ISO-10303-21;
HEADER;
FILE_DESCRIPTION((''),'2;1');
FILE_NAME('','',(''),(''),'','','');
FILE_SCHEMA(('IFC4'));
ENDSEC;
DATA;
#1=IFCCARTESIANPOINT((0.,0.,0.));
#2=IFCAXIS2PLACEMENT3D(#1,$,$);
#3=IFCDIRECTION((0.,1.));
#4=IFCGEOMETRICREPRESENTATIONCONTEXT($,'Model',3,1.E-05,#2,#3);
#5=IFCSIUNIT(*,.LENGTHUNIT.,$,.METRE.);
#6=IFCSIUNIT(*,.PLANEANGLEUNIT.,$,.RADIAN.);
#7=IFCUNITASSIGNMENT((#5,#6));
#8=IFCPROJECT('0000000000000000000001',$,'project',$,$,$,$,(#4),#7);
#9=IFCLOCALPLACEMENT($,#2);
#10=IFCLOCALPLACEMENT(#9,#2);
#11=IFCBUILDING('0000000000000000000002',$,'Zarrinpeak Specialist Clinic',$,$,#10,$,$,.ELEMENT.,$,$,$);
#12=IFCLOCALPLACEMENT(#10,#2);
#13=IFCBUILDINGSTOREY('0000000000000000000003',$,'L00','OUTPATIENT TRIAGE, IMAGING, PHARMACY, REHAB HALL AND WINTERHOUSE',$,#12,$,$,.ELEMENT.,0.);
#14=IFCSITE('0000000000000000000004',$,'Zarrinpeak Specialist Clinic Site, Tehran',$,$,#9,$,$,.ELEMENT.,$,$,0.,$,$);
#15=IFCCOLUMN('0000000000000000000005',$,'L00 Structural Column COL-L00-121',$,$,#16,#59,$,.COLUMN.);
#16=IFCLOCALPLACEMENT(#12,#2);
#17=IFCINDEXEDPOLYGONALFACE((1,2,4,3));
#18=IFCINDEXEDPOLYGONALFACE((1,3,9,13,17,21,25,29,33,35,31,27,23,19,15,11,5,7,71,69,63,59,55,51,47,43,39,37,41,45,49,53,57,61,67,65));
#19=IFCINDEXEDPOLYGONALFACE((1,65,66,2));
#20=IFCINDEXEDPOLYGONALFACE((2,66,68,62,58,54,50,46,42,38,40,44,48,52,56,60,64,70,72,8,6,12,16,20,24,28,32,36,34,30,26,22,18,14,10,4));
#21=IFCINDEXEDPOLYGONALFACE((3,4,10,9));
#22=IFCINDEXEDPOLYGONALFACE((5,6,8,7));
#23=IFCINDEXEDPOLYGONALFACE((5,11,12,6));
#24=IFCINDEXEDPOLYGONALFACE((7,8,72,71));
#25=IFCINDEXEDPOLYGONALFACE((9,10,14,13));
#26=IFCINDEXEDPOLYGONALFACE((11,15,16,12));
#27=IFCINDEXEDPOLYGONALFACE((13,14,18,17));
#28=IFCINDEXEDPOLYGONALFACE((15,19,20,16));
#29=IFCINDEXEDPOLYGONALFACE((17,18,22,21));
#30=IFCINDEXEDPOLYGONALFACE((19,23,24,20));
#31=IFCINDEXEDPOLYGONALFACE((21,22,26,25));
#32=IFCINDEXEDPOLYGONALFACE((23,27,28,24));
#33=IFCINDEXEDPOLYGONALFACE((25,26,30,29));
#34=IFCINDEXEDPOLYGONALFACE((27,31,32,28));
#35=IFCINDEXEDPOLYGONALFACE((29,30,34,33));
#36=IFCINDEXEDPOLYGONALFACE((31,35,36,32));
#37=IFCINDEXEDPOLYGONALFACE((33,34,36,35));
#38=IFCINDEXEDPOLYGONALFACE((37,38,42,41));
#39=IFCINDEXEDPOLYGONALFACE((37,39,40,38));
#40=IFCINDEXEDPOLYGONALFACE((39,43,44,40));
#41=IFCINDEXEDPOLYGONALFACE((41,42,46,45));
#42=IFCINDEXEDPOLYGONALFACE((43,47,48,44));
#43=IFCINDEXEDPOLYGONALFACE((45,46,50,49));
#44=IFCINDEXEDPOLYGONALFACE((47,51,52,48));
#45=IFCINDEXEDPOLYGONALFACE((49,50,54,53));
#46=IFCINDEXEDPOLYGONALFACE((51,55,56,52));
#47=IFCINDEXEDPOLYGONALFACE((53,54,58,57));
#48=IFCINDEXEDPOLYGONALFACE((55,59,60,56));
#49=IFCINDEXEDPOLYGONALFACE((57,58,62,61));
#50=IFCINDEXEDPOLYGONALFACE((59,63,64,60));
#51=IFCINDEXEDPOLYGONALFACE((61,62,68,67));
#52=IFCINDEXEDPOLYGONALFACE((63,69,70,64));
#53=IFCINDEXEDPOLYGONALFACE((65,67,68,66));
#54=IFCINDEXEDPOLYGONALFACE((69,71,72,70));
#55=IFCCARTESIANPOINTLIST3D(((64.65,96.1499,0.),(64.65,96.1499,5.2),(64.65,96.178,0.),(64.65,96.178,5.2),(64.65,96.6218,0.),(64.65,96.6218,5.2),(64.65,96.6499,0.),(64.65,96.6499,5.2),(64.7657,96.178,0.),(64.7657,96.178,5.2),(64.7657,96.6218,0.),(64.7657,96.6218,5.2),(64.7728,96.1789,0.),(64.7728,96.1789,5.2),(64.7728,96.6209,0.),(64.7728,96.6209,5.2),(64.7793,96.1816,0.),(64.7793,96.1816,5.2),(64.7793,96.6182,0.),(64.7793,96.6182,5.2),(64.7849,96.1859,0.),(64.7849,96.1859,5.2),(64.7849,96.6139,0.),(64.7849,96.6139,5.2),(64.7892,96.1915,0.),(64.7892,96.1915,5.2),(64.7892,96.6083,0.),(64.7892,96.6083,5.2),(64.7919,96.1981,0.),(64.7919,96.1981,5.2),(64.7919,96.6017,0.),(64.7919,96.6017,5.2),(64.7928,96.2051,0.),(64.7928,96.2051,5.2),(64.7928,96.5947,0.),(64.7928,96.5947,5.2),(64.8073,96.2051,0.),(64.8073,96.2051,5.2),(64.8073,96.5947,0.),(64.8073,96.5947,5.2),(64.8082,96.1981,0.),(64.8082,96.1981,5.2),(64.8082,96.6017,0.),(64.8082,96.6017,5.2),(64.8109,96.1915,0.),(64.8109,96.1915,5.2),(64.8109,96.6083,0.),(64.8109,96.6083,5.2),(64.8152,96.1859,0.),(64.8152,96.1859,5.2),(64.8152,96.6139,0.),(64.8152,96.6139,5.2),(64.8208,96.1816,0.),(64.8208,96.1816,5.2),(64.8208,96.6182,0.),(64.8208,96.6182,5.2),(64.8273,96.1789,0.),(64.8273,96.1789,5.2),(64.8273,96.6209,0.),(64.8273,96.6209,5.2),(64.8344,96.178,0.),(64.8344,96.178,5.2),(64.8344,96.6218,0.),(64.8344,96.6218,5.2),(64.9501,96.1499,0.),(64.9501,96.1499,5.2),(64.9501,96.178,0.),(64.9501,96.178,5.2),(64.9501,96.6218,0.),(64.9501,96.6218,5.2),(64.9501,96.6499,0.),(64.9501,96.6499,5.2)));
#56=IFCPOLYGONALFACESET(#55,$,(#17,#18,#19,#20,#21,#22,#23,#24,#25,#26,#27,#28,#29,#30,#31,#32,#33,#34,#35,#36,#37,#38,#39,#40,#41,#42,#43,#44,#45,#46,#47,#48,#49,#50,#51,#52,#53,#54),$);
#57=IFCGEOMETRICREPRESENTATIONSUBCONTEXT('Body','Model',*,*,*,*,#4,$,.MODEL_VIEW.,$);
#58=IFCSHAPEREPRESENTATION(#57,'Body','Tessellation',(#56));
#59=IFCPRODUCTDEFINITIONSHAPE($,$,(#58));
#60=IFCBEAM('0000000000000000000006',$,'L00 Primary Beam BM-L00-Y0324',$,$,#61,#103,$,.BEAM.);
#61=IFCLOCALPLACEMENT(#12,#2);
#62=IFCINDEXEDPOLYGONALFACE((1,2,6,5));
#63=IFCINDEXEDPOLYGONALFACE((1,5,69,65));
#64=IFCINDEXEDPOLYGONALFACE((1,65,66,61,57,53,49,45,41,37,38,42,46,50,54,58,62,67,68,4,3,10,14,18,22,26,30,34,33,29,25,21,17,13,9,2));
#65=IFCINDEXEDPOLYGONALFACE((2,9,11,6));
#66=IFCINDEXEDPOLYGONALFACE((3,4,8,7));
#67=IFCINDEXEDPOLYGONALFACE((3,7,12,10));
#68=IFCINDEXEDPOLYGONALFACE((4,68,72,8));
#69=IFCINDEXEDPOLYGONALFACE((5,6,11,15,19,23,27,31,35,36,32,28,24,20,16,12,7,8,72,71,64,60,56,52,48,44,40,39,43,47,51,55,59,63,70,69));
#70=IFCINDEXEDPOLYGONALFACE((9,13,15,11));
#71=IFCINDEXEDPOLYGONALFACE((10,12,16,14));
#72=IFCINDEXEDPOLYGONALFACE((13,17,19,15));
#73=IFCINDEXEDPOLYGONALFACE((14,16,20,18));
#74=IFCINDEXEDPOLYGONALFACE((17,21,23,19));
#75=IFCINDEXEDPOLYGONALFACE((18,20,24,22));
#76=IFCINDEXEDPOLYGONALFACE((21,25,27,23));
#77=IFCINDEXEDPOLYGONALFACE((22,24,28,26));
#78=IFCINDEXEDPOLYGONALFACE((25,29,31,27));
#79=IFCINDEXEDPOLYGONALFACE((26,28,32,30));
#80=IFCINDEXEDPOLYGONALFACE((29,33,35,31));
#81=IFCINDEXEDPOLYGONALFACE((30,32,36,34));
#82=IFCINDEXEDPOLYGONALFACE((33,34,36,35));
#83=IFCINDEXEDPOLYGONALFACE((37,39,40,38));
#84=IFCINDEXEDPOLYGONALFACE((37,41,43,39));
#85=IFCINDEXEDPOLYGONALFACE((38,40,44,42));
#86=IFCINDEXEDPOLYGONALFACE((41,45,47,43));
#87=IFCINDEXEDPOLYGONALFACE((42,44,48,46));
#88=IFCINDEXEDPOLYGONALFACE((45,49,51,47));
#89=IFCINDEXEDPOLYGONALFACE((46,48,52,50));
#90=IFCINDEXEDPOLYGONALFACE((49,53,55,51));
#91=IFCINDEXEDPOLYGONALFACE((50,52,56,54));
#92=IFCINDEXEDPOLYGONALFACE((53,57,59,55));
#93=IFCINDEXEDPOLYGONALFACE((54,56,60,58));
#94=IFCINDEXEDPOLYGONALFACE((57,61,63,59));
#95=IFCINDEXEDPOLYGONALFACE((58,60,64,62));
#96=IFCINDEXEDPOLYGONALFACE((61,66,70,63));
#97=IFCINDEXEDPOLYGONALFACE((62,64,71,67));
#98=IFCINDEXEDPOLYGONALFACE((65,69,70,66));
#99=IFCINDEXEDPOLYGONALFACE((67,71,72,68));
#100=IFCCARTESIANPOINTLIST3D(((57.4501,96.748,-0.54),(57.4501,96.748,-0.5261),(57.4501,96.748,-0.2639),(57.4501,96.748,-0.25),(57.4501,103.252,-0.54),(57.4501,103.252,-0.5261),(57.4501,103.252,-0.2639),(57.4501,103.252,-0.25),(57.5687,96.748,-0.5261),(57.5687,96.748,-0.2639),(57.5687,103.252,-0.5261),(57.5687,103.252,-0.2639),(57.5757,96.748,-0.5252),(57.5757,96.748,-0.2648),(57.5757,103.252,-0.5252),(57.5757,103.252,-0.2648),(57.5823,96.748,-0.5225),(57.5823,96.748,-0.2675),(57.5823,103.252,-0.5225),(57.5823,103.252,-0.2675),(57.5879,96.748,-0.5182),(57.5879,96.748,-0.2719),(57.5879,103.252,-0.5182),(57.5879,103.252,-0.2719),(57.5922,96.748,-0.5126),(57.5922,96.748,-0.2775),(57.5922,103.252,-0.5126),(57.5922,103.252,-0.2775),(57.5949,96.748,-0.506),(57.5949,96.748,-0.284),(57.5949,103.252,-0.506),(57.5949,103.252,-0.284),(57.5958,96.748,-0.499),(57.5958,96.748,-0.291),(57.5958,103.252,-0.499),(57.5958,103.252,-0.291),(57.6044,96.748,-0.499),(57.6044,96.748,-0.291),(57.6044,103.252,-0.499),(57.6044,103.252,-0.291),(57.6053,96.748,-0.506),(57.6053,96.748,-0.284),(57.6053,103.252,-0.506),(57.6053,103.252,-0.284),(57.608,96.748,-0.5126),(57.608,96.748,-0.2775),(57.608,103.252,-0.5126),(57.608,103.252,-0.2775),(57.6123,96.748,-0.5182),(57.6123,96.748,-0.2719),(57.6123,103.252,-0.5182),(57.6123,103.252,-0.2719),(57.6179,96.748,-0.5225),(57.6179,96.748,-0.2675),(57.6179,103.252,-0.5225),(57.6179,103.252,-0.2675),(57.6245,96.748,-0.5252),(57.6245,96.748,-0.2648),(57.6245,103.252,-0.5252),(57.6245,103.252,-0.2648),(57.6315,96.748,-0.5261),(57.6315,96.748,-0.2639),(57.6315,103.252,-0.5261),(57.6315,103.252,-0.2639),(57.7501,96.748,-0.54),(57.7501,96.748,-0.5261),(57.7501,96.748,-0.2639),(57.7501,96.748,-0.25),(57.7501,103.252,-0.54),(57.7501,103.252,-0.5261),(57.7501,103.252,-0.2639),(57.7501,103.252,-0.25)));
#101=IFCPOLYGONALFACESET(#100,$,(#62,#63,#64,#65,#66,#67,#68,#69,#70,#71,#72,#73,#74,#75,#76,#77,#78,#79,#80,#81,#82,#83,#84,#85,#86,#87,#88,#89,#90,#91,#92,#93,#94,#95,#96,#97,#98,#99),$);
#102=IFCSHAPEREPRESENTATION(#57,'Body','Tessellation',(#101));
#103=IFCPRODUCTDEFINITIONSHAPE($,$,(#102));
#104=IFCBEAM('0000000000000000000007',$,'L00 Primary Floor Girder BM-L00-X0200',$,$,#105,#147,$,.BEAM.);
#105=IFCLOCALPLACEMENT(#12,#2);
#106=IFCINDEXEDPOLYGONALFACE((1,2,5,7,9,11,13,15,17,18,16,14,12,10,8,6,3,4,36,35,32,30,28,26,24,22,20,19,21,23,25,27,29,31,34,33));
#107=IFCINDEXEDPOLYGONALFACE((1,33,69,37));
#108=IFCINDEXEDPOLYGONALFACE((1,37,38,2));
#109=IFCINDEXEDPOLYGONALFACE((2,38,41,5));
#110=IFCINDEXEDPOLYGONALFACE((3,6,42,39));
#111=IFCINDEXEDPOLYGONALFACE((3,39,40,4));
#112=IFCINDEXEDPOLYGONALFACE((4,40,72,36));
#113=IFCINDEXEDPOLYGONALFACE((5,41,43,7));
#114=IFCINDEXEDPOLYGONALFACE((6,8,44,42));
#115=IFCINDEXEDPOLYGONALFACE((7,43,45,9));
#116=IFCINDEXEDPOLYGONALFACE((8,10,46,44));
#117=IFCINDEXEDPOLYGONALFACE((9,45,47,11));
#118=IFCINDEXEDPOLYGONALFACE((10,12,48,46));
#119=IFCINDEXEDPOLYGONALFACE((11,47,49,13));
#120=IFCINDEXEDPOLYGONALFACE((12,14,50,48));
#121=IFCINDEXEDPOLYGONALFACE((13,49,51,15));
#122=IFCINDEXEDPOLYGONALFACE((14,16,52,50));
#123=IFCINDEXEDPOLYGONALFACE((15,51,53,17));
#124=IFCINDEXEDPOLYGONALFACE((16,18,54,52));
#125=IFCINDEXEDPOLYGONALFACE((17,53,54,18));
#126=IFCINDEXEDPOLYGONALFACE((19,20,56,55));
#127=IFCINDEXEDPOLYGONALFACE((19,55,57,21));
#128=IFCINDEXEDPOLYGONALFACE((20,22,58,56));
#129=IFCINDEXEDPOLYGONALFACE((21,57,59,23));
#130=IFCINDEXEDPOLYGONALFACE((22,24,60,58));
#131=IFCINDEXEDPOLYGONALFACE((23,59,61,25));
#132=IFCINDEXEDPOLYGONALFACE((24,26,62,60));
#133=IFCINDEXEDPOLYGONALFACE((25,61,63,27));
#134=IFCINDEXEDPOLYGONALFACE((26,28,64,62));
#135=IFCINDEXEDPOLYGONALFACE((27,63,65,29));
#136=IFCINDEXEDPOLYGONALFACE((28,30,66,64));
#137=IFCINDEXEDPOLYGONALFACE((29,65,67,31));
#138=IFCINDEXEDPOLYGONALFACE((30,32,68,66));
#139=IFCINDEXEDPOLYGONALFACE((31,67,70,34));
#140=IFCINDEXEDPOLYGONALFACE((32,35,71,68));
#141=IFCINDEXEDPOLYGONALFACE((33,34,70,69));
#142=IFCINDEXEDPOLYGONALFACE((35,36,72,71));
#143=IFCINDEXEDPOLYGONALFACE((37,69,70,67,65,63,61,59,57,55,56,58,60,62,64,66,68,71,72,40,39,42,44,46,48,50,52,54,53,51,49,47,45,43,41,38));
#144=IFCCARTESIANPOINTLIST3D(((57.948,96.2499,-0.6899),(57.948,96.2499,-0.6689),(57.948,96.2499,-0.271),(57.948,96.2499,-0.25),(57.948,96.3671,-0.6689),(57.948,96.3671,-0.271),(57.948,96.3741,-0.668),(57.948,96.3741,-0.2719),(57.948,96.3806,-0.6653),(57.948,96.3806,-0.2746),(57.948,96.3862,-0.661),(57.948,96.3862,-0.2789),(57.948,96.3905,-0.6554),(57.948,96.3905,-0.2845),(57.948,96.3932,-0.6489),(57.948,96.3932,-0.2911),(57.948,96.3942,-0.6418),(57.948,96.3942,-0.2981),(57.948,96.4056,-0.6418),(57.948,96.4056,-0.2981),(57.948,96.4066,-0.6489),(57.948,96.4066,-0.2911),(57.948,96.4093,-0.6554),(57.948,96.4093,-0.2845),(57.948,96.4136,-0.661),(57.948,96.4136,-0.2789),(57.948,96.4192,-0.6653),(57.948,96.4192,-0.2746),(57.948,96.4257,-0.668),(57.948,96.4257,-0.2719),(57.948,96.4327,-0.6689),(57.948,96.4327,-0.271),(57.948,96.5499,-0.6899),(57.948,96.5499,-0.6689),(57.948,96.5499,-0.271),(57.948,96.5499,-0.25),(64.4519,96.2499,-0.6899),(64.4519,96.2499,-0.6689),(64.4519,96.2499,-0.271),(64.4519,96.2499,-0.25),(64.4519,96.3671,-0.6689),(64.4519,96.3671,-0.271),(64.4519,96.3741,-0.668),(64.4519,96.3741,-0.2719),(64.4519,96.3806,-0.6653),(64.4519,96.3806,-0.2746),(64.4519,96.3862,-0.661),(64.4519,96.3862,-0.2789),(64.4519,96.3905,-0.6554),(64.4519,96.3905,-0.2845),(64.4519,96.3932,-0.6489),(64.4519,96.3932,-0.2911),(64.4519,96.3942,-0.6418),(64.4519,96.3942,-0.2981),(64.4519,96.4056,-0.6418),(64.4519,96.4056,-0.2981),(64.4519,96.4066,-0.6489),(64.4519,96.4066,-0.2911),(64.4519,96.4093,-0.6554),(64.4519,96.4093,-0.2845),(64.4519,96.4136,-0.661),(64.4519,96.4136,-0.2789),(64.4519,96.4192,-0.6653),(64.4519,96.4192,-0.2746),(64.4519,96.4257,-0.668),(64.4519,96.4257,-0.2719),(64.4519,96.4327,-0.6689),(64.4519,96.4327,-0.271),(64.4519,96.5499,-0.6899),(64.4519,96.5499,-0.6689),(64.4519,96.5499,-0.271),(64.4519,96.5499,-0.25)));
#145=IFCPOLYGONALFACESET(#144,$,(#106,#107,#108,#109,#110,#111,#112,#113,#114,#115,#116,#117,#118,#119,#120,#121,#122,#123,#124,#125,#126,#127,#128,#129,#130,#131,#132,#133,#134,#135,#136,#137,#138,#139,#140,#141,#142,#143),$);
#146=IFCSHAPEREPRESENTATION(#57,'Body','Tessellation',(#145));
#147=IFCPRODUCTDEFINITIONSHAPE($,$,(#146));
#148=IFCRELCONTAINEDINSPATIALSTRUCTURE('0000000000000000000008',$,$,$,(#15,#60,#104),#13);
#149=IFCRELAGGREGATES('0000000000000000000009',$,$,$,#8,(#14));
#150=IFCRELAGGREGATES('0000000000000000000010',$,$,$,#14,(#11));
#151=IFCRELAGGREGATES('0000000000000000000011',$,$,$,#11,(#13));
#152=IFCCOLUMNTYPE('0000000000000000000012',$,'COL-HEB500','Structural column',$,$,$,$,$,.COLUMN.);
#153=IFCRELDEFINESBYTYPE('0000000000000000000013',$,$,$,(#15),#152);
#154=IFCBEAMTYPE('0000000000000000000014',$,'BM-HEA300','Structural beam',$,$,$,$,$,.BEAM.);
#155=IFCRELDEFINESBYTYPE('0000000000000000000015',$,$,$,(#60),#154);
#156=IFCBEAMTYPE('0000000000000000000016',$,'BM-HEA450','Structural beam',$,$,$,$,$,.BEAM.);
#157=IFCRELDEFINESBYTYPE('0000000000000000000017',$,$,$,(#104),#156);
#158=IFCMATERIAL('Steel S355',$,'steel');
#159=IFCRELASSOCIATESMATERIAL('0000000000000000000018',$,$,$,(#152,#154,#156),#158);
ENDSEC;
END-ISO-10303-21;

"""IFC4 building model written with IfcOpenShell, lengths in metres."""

from ifc_helpers import new_model, si_unit, direction, frame, origin, origin_2d, place, context, subcontext, project, spatial, i_section, extrude, material, material_profile, profile_set, type_object, element, save


model = new_model("IFC4")

# Units and contexts
model_context = context("Model", 3, precision=1e-05, world=origin(), true_north=direction((0.0, 1.0)))
body_context = subcontext(model_context, "Body", "Model", "MODEL_VIEW")
ifc_project = project(units=[si_unit("LENGTHUNIT", "METRE"), si_unit("PLANEANGLEUNIT", "RADIAN")], contexts=[model_context])

# Site, building, storey
site_placement = place(None, origin())
site = spatial("IfcSite", under=ifc_project, at=site_placement, Name="Zarrinpeak Specialist Clinic Site, Tehran", CompositionType="ELEMENT", RefElevation=0.0)
building_placement = place(site_placement, origin())
building = spatial("IfcBuilding", under=site, at=building_placement, Name="Zarrinpeak Specialist Clinic", CompositionType="ELEMENT")
storey_placement = place(building_placement, origin())
storey = spatial("IfcBuildingStorey", under=building, at=storey_placement, Name="L00", Description="OUTPATIENT TRIAGE, IMAGING, PHARMACY, REHAB HALL AND WINTERHOUSE", CompositionType="ELEMENT", Elevation=0.0)

# Column
ifc_material_1 = material(Name="Steel S355", Category="steel")
ifc_material_profile_1 = material_profile(ifc_material_1, i_section(OverallWidth=0.3, OverallDepth=0.5, WebThickness=0.0144, FlangeThickness=0.0281, FilletRadius=0.0271, at=origin_2d()), Name="HEB 500")
ifc_profile_set_1 = profile_set([ifc_material_profile_1], Name="Steel S355")
column_type = type_object("IfcColumnType", Name="COL-HEB500", Description="Structural column", PredefinedType="COLUMN", material=ifc_profile_set_1)
column_placement = place(storey_placement, frame((64.8, 96.3999, 0.0), z_axis=(0.0, 0.0, 1.0), x_axis=(1.0, 0.0, 0.0)))
element("IfcColumn", 1, at=column_placement, inside=storey, type_object=column_type, Name="L00 Structural Column COL-L00-121", PredefinedType="COLUMN", context=body_context, shape_type="SweptSolid", body=[
    extrude(i_section(OverallWidth=0.3, OverallDepth=0.5, WebThickness=0.0144, FlangeThickness=0.0281, FilletRadius=0.0271, at=origin_2d()), origin(), (0.0, 0.0, 1.0), 5.2),
])

# Beams
ifc_material_profile_2 = material_profile(ifc_material_1, i_section(OverallWidth=0.3, OverallDepth=0.29, WebThickness=0.0085, FlangeThickness=0.0139, FilletRadius=0.0271, at=origin_2d()), Name="HEA 300")
ifc_profile_set_2 = profile_set([ifc_material_profile_2], Name="Steel S355")
beam_type_1 = type_object("IfcBeamType", Name="BM-HEA300", Description="Structural beam", PredefinedType="BEAM", material=ifc_profile_set_2)
beam_1_placement = place(storey_placement, frame((57.6001, 96.748, -0.395), z_axis=(0.0, 1.0, 0.0), x_axis=(-1.0, 0.0, 0.0)))
element("IfcBeam", 2, at=beam_1_placement, inside=storey, type_object=beam_type_1, Name="L00 Primary Beam BM-L00-Y0324", PredefinedType="BEAM", context=body_context, shape_type="SweptSolid", body=[
    extrude(i_section(OverallWidth=0.3, OverallDepth=0.29, WebThickness=0.0085, FlangeThickness=0.0139, FilletRadius=0.0271, at=origin_2d()), origin(), (0.0, 0.0, 1.0), 6.5039),
])
ifc_material_profile_3 = material_profile(ifc_material_1, i_section(OverallWidth=0.3, OverallDepth=0.4399, WebThickness=0.0115, FlangeThickness=0.021, FilletRadius=0.0271, at=origin_2d()), Name="HEA 450")
ifc_profile_set_3 = profile_set([ifc_material_profile_3], Name="Steel S355")
beam_type_2 = type_object("IfcBeamType", Name="BM-HEA450", Description="Structural beam", PredefinedType="BEAM", material=ifc_profile_set_3)
beam_2_placement = place(storey_placement, frame((57.948, 96.3999, -0.47), z_axis=(1.0, 0.0, 0.0), x_axis=(0.0, 1.0, 0.0)))
element("IfcBeam", 3, at=beam_2_placement, inside=storey, type_object=beam_type_2, Name="L00 Primary Floor Girder BM-L00-X0200", PredefinedType="BEAM", context=body_context, shape_type="SweptSolid", body=[
    extrude(i_section(OverallWidth=0.3, OverallDepth=0.4399, WebThickness=0.0115, FlangeThickness=0.021, FilletRadius=0.0271, at=origin_2d()), origin(), (0.0, 0.0, 1.0), 6.5039),
])

save(model, "model.ifc")
